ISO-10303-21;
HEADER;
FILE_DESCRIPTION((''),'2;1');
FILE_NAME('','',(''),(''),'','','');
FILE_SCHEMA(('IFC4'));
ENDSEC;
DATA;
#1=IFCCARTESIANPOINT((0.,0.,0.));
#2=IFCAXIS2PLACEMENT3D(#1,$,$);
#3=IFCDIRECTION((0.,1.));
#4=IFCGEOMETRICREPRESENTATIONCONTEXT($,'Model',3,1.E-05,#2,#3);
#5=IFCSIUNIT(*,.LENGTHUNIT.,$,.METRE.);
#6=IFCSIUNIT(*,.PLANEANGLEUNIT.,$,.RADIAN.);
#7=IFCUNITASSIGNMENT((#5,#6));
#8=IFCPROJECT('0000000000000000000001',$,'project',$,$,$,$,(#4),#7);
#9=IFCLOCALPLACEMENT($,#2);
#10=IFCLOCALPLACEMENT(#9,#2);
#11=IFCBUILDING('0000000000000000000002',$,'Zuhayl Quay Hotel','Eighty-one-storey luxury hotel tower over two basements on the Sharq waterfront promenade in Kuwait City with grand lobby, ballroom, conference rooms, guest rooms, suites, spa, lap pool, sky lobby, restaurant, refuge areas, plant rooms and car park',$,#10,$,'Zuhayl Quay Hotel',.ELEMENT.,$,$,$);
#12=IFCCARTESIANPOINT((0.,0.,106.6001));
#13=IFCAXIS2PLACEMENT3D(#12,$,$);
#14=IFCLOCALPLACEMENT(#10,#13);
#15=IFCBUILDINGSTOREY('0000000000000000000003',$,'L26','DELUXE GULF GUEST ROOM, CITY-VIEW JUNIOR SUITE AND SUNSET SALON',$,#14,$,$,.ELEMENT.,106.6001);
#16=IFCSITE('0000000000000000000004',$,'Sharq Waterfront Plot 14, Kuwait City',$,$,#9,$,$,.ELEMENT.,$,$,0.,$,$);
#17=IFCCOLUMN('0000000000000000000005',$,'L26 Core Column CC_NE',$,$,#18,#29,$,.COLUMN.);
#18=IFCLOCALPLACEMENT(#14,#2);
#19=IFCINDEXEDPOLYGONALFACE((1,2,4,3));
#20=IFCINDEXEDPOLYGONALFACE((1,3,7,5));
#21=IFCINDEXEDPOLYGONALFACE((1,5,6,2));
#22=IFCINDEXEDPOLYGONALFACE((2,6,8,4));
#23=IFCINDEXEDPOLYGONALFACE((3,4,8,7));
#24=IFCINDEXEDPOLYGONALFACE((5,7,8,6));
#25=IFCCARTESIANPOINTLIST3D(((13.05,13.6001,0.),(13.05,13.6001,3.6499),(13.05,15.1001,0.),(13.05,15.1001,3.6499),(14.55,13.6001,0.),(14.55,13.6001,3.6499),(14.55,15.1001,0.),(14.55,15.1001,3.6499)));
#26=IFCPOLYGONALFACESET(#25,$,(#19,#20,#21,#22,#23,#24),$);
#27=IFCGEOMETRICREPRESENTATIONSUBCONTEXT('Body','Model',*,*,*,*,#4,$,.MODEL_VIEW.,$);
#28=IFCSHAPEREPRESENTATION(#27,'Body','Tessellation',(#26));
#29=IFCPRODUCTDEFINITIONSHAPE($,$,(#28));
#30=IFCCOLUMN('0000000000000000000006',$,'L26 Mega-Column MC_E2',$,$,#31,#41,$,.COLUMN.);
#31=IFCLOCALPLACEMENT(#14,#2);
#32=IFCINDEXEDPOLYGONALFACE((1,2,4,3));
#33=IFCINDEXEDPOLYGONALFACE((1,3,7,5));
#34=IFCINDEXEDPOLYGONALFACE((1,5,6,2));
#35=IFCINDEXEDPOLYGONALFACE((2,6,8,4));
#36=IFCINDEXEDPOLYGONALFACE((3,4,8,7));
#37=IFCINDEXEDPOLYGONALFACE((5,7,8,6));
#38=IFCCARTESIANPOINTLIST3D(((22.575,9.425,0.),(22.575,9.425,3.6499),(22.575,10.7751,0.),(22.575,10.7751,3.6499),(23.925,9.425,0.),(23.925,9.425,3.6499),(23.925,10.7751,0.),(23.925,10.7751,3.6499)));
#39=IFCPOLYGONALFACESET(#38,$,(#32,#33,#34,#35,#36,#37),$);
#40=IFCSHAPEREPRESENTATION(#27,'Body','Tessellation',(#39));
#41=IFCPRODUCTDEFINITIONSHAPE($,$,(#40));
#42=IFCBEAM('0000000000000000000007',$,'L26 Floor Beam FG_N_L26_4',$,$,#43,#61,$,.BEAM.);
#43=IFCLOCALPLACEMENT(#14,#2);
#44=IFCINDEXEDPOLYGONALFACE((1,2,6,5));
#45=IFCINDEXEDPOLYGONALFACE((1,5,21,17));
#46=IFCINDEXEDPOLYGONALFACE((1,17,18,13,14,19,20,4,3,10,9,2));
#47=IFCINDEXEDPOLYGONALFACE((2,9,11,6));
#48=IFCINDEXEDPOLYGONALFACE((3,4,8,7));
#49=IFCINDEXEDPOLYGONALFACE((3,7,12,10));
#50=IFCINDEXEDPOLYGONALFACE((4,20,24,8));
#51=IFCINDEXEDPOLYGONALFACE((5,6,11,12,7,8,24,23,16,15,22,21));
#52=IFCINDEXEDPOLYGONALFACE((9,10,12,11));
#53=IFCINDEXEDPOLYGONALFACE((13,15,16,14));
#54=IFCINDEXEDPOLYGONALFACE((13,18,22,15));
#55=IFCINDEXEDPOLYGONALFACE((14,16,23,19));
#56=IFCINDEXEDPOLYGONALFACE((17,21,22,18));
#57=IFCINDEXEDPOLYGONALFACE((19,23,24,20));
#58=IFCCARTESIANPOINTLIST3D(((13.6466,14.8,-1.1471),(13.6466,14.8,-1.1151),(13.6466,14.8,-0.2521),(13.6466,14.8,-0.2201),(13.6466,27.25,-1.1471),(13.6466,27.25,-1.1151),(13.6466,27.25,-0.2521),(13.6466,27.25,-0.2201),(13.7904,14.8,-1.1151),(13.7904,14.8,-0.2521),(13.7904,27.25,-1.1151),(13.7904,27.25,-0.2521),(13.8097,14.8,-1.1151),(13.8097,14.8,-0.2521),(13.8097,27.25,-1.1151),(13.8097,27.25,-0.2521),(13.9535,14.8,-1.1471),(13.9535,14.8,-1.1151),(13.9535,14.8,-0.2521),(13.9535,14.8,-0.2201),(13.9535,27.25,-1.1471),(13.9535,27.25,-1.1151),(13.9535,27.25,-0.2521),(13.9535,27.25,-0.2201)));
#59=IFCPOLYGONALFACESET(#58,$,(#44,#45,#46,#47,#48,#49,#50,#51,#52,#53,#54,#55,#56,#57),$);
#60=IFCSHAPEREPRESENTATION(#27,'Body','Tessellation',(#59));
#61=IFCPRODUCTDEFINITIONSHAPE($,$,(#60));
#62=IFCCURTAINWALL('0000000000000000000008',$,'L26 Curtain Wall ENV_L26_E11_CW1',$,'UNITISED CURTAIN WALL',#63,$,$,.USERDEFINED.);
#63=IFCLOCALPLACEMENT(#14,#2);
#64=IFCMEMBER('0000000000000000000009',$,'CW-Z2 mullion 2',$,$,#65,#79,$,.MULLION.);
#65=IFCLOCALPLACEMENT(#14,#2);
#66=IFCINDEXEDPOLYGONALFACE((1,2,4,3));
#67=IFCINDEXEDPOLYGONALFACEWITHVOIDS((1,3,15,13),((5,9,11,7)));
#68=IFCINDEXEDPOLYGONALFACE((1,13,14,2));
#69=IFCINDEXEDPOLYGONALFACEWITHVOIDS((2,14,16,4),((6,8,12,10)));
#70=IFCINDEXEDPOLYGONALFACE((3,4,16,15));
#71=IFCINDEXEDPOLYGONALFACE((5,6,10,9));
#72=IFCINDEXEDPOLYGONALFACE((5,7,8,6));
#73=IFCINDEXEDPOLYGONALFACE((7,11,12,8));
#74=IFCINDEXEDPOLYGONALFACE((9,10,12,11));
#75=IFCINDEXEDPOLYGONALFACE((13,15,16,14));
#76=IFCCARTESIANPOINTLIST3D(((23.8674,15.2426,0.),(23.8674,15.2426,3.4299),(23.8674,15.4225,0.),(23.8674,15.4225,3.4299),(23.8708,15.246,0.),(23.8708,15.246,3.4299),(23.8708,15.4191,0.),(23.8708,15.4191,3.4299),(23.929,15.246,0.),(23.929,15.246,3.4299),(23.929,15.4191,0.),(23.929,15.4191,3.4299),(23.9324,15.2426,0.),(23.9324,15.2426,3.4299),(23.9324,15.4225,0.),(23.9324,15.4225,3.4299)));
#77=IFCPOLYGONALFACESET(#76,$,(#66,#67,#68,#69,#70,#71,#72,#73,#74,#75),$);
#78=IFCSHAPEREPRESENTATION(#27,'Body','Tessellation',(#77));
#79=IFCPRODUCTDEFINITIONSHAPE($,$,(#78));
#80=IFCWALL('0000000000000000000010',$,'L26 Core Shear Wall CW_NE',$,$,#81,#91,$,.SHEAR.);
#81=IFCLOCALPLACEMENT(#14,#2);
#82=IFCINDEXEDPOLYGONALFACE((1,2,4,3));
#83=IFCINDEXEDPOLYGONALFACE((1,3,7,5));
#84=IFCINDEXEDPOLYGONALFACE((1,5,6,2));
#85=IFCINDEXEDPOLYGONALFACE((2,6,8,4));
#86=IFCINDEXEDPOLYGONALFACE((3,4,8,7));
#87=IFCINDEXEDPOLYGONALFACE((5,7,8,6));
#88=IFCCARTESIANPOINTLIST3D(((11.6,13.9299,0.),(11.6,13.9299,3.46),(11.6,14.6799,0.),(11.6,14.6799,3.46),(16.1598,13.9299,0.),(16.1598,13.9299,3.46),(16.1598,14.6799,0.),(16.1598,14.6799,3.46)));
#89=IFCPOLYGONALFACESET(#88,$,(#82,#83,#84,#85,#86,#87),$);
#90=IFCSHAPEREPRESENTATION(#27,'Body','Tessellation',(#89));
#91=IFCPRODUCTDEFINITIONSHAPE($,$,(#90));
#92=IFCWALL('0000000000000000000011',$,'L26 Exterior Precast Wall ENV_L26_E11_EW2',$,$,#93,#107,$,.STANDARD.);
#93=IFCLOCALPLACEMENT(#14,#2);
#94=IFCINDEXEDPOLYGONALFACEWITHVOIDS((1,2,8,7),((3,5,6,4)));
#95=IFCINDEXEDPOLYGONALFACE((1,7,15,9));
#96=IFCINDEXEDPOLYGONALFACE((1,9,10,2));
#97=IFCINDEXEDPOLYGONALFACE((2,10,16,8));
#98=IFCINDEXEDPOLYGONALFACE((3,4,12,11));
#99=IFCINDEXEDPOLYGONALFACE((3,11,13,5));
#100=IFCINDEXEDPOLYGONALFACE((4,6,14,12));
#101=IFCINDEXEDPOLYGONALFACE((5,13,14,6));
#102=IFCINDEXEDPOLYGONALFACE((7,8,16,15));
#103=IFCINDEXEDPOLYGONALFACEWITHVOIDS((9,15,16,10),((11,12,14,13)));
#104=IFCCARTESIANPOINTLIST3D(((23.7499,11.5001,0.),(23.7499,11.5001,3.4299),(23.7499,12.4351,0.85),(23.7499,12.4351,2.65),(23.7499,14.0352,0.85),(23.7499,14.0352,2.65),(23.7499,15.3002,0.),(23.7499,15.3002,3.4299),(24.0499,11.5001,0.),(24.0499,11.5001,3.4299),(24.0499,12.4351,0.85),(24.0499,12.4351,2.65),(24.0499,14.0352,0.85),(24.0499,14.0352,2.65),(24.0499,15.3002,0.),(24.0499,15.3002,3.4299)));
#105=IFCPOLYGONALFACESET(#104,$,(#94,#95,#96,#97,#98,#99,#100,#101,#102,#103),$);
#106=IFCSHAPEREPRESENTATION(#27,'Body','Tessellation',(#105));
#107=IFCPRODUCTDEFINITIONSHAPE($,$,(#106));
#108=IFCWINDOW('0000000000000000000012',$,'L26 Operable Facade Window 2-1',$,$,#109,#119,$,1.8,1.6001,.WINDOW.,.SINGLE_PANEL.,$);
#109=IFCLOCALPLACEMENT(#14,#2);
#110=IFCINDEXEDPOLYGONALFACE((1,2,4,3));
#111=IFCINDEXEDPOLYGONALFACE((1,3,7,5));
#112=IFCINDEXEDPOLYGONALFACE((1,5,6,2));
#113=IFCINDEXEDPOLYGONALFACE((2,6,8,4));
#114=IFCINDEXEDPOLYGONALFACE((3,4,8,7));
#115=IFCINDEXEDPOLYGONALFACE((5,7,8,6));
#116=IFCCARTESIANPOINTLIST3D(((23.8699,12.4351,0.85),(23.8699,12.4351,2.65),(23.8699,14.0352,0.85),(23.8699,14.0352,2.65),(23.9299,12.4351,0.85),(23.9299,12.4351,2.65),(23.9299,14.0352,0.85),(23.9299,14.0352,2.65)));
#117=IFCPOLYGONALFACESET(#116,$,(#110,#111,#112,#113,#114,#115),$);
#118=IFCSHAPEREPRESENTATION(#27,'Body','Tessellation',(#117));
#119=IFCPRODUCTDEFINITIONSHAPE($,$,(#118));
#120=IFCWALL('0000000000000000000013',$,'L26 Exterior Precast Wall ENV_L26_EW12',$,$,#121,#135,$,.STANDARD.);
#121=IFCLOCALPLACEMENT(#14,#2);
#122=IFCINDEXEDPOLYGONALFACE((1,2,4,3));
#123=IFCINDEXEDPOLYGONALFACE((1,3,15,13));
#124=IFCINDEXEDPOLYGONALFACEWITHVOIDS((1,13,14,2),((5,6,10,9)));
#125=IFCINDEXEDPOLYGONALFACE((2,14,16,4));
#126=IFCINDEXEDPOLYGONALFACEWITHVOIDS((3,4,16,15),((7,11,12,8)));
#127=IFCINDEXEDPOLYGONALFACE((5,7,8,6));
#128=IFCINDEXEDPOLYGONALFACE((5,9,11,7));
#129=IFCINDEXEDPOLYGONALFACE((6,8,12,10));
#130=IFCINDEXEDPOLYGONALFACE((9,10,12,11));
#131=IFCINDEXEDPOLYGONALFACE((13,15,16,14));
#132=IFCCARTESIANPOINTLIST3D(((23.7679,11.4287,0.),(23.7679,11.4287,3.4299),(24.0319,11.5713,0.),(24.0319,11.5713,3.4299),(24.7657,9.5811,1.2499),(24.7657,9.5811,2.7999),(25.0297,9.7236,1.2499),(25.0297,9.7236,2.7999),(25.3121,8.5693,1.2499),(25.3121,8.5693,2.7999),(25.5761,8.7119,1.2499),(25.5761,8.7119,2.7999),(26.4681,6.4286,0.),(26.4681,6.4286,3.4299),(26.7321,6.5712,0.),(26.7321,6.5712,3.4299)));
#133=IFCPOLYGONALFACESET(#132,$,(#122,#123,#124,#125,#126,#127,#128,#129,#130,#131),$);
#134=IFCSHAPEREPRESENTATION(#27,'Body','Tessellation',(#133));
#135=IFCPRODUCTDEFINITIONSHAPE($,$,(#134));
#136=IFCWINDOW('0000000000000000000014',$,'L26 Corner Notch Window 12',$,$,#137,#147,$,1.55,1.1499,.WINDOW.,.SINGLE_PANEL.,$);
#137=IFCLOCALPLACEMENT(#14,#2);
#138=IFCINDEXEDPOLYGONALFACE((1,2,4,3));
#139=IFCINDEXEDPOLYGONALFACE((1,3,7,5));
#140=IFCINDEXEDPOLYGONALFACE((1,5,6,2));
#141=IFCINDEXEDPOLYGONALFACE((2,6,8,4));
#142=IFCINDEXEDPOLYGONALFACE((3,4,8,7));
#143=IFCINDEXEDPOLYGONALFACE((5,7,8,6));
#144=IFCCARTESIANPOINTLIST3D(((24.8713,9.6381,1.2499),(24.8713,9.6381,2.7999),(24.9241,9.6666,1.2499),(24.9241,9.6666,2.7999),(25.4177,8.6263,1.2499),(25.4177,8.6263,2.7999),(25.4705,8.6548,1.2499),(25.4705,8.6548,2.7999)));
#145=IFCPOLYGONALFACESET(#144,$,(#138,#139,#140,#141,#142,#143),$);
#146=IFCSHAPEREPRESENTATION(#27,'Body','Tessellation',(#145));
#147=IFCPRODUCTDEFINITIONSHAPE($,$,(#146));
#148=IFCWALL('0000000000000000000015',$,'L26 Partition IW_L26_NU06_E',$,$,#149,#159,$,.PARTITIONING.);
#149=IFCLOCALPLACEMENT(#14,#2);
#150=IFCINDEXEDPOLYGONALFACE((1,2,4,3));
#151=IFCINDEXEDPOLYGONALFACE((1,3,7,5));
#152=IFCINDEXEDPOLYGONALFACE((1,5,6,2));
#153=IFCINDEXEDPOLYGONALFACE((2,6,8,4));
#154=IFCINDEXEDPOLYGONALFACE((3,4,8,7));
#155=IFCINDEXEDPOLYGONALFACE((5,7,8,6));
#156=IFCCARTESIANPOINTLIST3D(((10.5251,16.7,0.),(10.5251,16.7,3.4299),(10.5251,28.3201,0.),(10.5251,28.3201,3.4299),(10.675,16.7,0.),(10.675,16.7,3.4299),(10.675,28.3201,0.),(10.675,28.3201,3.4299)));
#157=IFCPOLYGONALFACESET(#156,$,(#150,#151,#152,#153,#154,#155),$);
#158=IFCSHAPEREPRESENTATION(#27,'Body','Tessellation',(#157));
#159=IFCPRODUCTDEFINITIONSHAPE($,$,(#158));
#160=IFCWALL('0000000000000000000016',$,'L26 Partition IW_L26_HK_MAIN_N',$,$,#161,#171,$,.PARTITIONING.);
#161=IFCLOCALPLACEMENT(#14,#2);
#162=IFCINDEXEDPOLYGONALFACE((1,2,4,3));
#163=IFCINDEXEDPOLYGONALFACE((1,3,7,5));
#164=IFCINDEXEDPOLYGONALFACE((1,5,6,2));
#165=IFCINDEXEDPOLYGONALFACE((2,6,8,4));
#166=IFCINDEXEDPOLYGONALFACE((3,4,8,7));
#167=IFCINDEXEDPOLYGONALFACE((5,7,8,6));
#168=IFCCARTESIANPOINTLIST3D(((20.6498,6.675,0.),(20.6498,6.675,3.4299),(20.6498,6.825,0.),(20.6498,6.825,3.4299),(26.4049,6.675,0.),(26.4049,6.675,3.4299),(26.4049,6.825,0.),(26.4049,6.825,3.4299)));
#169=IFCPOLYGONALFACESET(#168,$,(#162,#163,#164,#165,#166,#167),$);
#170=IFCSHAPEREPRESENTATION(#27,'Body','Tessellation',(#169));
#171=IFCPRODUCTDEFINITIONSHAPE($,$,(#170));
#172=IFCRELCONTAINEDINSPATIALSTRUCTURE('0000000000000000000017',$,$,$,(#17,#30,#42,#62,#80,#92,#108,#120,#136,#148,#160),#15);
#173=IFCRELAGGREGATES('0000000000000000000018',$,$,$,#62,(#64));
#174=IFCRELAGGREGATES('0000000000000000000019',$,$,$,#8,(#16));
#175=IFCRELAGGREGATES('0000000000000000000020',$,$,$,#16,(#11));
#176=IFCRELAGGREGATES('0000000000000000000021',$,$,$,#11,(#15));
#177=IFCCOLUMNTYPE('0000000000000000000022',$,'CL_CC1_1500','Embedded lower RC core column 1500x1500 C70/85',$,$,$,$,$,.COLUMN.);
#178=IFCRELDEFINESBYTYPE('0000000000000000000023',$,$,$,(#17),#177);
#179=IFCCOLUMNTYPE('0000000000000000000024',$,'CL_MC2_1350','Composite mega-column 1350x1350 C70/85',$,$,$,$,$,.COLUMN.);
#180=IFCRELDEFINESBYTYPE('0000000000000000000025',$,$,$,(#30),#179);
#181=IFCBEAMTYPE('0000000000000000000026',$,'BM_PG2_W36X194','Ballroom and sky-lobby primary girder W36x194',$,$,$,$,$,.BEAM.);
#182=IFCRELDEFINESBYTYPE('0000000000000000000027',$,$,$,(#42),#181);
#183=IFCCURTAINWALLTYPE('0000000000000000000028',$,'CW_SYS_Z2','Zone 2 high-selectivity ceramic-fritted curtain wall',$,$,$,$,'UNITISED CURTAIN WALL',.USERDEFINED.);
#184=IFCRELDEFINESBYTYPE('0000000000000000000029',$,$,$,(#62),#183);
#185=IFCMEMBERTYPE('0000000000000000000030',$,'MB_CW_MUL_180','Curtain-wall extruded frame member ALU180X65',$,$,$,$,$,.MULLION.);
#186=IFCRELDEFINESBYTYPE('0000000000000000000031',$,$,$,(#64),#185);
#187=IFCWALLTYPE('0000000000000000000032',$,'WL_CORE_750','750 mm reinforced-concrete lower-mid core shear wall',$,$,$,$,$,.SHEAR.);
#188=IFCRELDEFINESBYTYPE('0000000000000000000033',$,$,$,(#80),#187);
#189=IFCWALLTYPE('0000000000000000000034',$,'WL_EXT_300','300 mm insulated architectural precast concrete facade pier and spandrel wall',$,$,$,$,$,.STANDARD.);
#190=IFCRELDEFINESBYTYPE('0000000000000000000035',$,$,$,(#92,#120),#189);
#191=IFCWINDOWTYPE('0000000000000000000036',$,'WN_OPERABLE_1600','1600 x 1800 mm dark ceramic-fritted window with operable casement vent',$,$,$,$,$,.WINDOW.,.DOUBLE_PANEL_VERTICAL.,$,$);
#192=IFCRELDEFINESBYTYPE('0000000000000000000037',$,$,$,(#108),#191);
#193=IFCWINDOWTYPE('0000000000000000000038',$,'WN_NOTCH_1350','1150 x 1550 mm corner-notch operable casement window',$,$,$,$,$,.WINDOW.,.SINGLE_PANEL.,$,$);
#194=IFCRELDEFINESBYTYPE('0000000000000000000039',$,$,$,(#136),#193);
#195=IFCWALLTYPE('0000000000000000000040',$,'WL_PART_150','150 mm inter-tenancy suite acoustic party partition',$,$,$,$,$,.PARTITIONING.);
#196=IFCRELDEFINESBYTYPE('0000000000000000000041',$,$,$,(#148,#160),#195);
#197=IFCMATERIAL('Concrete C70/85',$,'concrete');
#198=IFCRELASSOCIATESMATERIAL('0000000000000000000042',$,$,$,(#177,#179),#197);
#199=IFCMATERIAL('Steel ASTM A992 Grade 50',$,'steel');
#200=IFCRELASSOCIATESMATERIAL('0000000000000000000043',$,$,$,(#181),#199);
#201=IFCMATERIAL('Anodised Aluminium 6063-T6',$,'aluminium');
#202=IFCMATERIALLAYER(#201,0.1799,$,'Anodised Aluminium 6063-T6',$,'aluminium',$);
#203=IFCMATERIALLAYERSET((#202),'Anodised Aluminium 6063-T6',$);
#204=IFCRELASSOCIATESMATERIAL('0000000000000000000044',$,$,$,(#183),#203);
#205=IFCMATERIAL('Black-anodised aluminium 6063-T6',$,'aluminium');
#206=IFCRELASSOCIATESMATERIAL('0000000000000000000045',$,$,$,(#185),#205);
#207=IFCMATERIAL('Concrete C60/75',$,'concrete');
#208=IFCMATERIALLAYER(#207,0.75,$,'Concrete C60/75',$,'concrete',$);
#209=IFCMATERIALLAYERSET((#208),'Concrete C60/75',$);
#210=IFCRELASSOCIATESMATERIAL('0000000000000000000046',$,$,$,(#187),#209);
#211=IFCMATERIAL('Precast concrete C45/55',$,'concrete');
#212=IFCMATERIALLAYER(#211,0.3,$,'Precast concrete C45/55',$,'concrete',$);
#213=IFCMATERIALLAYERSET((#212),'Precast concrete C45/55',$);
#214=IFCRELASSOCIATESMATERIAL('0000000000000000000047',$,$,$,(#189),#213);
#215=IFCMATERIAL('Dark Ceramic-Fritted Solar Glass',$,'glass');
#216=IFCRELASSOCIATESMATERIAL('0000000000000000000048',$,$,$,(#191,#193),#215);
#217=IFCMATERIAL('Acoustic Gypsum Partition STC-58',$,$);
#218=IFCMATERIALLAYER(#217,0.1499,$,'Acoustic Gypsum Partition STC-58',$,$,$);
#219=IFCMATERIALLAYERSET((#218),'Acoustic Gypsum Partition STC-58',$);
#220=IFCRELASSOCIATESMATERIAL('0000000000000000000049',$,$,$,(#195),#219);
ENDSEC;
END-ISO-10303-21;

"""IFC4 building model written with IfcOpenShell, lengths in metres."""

from ifc_helpers import new_model, si_unit, direction, frame, frame_2d, origin, origin_2d, place, context, subcontext, project, spatial, rectangle, hollow_rectangle, i_section, extrude, material, layer, layer_set, material_profile, profile_set, type_object, element, fill, aggregate, save


model = new_model("IFC4")

# Units and contexts
model_context = context("Model", 3, precision=1e-05, world=origin(), true_north=direction((0.0, 1.0)))
body_context = subcontext(model_context, "Body", "Model", "MODEL_VIEW")
ifc_project = project(units=[si_unit("LENGTHUNIT", "METRE"), si_unit("PLANEANGLEUNIT", "RADIAN")], contexts=[model_context])

# Site, building, storey
site_placement = place(None, origin())
site = spatial("IfcSite", under=ifc_project, at=site_placement, Name="Sharq Waterfront Plot 14, Kuwait City", CompositionType="ELEMENT", RefElevation=0.0)
building_placement = place(site_placement, origin())
building = spatial("IfcBuilding", under=site, at=building_placement, Name="Zuhayl Quay Hotel", Description="Eighty-one-storey luxury hotel tower over two basements on the Sharq waterfront promenade in Kuwait City with grand lobby, ballroom, conference rooms, guest rooms, suites, spa, lap pool, sky lobby, restaurant, refuge areas, plant rooms and car park", LongName="Zuhayl Quay Hotel", CompositionType="ELEMENT")
storey_placement = place(building_placement, frame((0.0, 0.0, 106.6001)))
storey = spatial("IfcBuildingStorey", under=building, at=storey_placement, Name="L26", Description="DELUXE GULF GUEST ROOM, CITY-VIEW JUNIOR SUITE AND SUNSET SALON", CompositionType="ELEMENT", Elevation=106.6001)

# Columns
ifc_material_1 = material(Name="Concrete C70/85", Category="concrete")
ifc_material_profile_1 = material_profile(ifc_material_1, rectangle(XDim=1.5, YDim=1.5, at=origin_2d()), Name="RC1500X1500")
ifc_profile_set_1 = profile_set([ifc_material_profile_1], Name="Concrete C70/85")
column_type_1 = type_object("IfcColumnType", Name="CL_CC1_1500", Description="Embedded lower RC core column 1500x1500 C70/85", PredefinedType="COLUMN", material=ifc_profile_set_1)
column_1_placement = place(storey_placement, frame((13.8, 14.3501, 0.0), z_axis=(0.0, 0.0, 1.0), x_axis=(1.0, 0.0, 0.0)))
element("IfcColumn", 1, at=column_1_placement, inside=storey, type_object=column_type_1, Name="L26 Core Column CC_NE", PredefinedType="COLUMN", context=body_context, shape_type="SweptSolid", body=[
    extrude(rectangle(XDim=1.5, YDim=1.5, at=origin_2d()), origin(), (0.0, 0.0, 1.0), 3.6499),
])
ifc_material_profile_2 = material_profile(ifc_material_1, rectangle(XDim=1.3501, YDim=1.3501, at=origin_2d()), Name="RC1350X1350")
ifc_profile_set_2 = profile_set([ifc_material_profile_2], Name="Concrete C70/85")
column_type_2 = type_object("IfcColumnType", Name="CL_MC2_1350", Description="Composite mega-column 1350x1350 C70/85", PredefinedType="COLUMN", material=ifc_profile_set_2)
column_2_placement = place(storey_placement, frame((23.25, 10.1001, 0.0), z_axis=(0.0, 0.0, 1.0), x_axis=(1.0, 0.0, 0.0)))
element("IfcColumn", 2, at=column_2_placement, inside=storey, type_object=column_type_2, Name="L26 Mega-Column MC_E2", PredefinedType="COLUMN", context=body_context, shape_type="SweptSolid", body=[
    extrude(rectangle(XDim=1.3501, YDim=1.3501, at=origin_2d()), origin(), (0.0, 0.0, 1.0), 3.6499),
])

# Beam
ifc_material_2 = material(Name="Steel ASTM A992 Grade 50", Category="steel")
ifc_material_profile_3 = material_profile(ifc_material_2, i_section(OverallWidth=0.3069, OverallDepth=0.927, WebThickness=0.0193, FlangeThickness=0.032, at=origin_2d()), Name="W36X194")
ifc_profile_set_3 = profile_set([ifc_material_profile_3], Name="Steel ASTM A992 Grade 50")
beam_type = type_object("IfcBeamType", Name="BM_PG2_W36X194", Description="Ballroom and sky-lobby primary girder W36x194", PredefinedType="BEAM", material=ifc_profile_set_3)
beam_placement = place(storey_placement, frame((13.8, 14.8, -0.6836), z_axis=(0.0, 1.0, 0.0), x_axis=(-1.0, 0.0, 0.0)))
element("IfcBeam", 3, at=beam_placement, inside=storey, type_object=beam_type, Name="L26 Floor Beam FG_N_L26_4", PredefinedType="BEAM", context=body_context, shape_type="SweptSolid", body=[
    extrude(i_section(OverallWidth=0.3069, OverallDepth=0.927, WebThickness=0.0193, FlangeThickness=0.032, at=origin_2d()), origin(), (0.0, 0.0, 1.0), 12.45),
])

# Curtain wall, member
ifc_material_3 = material(Name="Anodised Aluminium 6063-T6", Category="aluminium")
ifc_layer_1 = layer(ifc_material_3, 0.1799, Name="Anodised Aluminium 6063-T6", Category="aluminium")
ifc_layer_set_1 = layer_set([ifc_layer_1], Name="Anodised Aluminium 6063-T6")
curtain_wall_type = type_object("IfcCurtainWallType", Name="CW_SYS_Z2", Description="Zone 2 high-selectivity ceramic-fritted curtain wall", ElementType="UNITISED CURTAIN WALL", PredefinedType="USERDEFINED", material=ifc_layer_set_1)
curtain_wall_placement = place(storey_placement, origin())
curtain_wall = element("IfcCurtainWall", 4, at=curtain_wall_placement, inside=storey, type_object=curtain_wall_type, Name="L26 Curtain Wall ENV_L26_E11_CW1", ObjectType="UNITISED CURTAIN WALL", PredefinedType="USERDEFINED")
ifc_material_4 = material(Name="Black-anodised aluminium 6063-T6", Category="aluminium")
ifc_material_profile_4 = material_profile(ifc_material_4, hollow_rectangle(XDim=0.0649, YDim=0.1799, WallThickness=0.0034, at=origin_2d()), Name="ALU180X65")
ifc_profile_set_4 = profile_set([ifc_material_profile_4], Name="Black-anodised aluminium 6063-T6")
member_type = type_object("IfcMemberType", Name="MB_CW_MUL_180", Description="Curtain-wall extruded frame member ALU180X65", PredefinedType="MULLION", material=ifc_profile_set_4)
member_placement = place(storey_placement, frame((23.8999, 15.3325, 0.0), z_axis=(0.0, 0.0, 1.0), x_axis=(1.0, 0.0, 0.0)))
member = element("IfcMember", 5, at=member_placement, type_object=member_type, Name="CW-Z2 mullion 2", PredefinedType="MULLION", context=body_context, shape_type="SweptSolid", body=[
    extrude(hollow_rectangle(XDim=0.0649, YDim=0.1799, WallThickness=0.0034, at=origin_2d()), origin(), (0.0, 0.0, 1.0), 3.4299),
])
aggregate(curtain_wall, [member])

# Wall
ifc_material_5 = material(Name="Concrete C60/75", Category="concrete")
ifc_layer_2 = layer(ifc_material_5, 0.75, Name="Concrete C60/75", Category="concrete")
ifc_layer_set_2 = layer_set([ifc_layer_2], Name="Concrete C60/75")
wall_type_1 = type_object("IfcWallType", Name="WL_CORE_750", Description="750 mm reinforced-concrete lower-mid core shear wall", PredefinedType="SHEAR", material=ifc_layer_set_2)
wall_1_placement = place(storey_placement, frame((11.6001, 14.3049, 0.0), z_axis=(0.0, 0.0, 1.0), x_axis=(1.0, 0.0, 0.0)))
element("IfcWall", 6, at=wall_1_placement, inside=storey, type_object=wall_type_1, Name="L26 Core Shear Wall CW_NE", PredefinedType="SHEAR", context=body_context, shape_type="SweptSolid", body=[
    extrude(rectangle(XDim=4.5598, YDim=0.75, at=frame_2d((2.2798, 0.0))), origin(), (0.0, 0.0, 1.0), 3.46),
])

# Walls, openings, windows
ifc_material_6 = material(Name="Precast concrete C45/55", Category="concrete")
ifc_layer_3 = layer(ifc_material_6, 0.3, Name="Precast concrete C45/55", Category="concrete")
ifc_layer_set_3 = layer_set([ifc_layer_3], Name="Precast concrete C45/55")
wall_type_2 = type_object("IfcWallType", Name="WL_EXT_300", Description="300 mm insulated architectural precast concrete facade pier and spandrel wall", PredefinedType="STANDARD", material=ifc_layer_set_3)
wall_2_placement = place(storey_placement, frame((23.8999, 15.3, 0.0), z_axis=(0.0, 0.0, 1.0), x_axis=(0.0, -1.0, 0.0)))
wall_2 = element("IfcWall", 7, at=wall_2_placement, inside=storey, type_object=wall_type_2, Name="L26 Exterior Precast Wall ENV_L26_E11_EW2", PredefinedType="STANDARD", context=body_context, shape_type="SweptSolid", body=[
    extrude(rectangle(XDim=3.8, YDim=0.3, at=frame_2d((1.8999, 0.0))), origin(), (0.0, 0.0, 1.0), 3.4299),
])
opening_1_placement = place(wall_2_placement, frame((1.2649, 0.0, 0.8501)))
opening_1 = element("IfcOpeningElement", 8, at=opening_1_placement, cuts=wall_2, PredefinedType="OPENING", context=body_context, shape_type="SweptSolid", body=[
    extrude(rectangle(XDim=1.6001, YDim=1.8, at=frame_2d((0.8, 0.8999))), frame((0.0, 0.1599, 0.0), z_axis=(0.0, -1.0, 0.0), x_axis=(1.0, 0.0, 0.0)), (0.0, 0.0, 1.0), 0.3201),
])
ifc_material_7 = material(Name="Dark Ceramic-Fritted Solar Glass", Category="glass")
window_type_1 = type_object("IfcWindowType", Name="WN_OPERABLE_1600", Description="1600 x 1800 mm dark ceramic-fritted window with operable casement vent", PartitioningType="DOUBLE_PANEL_VERTICAL", PredefinedType="WINDOW", material=ifc_material_7)
window_1_placement = place(opening_1_placement, origin())
window_1 = element("IfcWindow", 9, at=window_1_placement, inside=storey, type_object=window_type_1, Name="L26 Operable Facade Window 2-1", OverallHeight=1.8, OverallWidth=1.6001, PartitioningType="SINGLE_PANEL", PredefinedType="WINDOW", context=body_context, shape_type="SweptSolid", body=[
    extrude(rectangle(XDim=1.6001, YDim=1.8, at=frame_2d((0.8, 0.8999))), frame((0.0, 0.03, 0.0), z_axis=(0.0, -1.0, 0.0), x_axis=(1.0, 0.0, 0.0)), (0.0, 0.0, 1.0), 0.0601),
])
fill(opening_1, window_1)
wall_3_placement = place(storey_placement, frame((23.8999, 11.5, 0.0), z_axis=(0.0, 0.0, 1.0), x_axis=(0.475176, -0.879891, 0.0)))
wall_3 = element("IfcWall", 10, at=wall_3_placement, inside=storey, type_object=wall_type_2, Name="L26 Exterior Precast Wall ENV_L26_EW12", PredefinedType="STANDARD", context=body_context, shape_type="SweptSolid", body=[
    extrude(rectangle(XDim=5.6826, YDim=0.3, at=frame_2d((2.8413, 0.0))), origin(), (0.0, 0.0, 1.0), 3.4299),
])
opening_2_placement = place(wall_3_placement, frame((2.0999, 0.0, 1.25)))
opening_2 = element("IfcOpeningElement", 11, at=opening_2_placement, cuts=wall_3, PredefinedType="OPENING", context=body_context, shape_type="SweptSolid", body=[
    extrude(rectangle(XDim=1.1499, YDim=1.55, at=frame_2d((0.575, 0.7749))), frame((0.0, 0.1599, 0.0), z_axis=(0.0, -1.0, 0.0), x_axis=(1.0, 0.0, 0.0)), (0.0, 0.0, 1.0), 0.3201),
])
window_type_2 = type_object("IfcWindowType", Name="WN_NOTCH_1350", Description="1150 x 1550 mm corner-notch operable casement window", PartitioningType="SINGLE_PANEL", PredefinedType="WINDOW", material=ifc_material_7)
window_2_placement = place(opening_2_placement, origin())
window_2 = element("IfcWindow", 12, at=window_2_placement, inside=storey, type_object=window_type_2, Name="L26 Corner Notch Window 12", OverallHeight=1.55, OverallWidth=1.1499, PartitioningType="SINGLE_PANEL", PredefinedType="WINDOW", context=body_context, shape_type="SweptSolid", body=[
    extrude(rectangle(XDim=1.1499, YDim=1.55, at=frame_2d((0.575, 0.7749))), frame((0.0, 0.03, 0.0), z_axis=(0.0, -1.0, 0.0), x_axis=(1.0, 0.0, 0.0)), (0.0, 0.0, 1.0), 0.0601),
])
fill(opening_2, window_2)

# Walls
ifc_material_8 = material(Name="Acoustic Gypsum Partition STC-58")
ifc_layer_4 = layer(ifc_material_8, 0.1499, Name="Acoustic Gypsum Partition STC-58")
ifc_layer_set_4 = layer_set([ifc_layer_4], Name="Acoustic Gypsum Partition STC-58")
wall_type_3 = type_object("IfcWallType", Name="WL_PART_150", Description="150 mm inter-tenancy suite acoustic party partition", PredefinedType="PARTITIONING", material=ifc_layer_set_4)
wall_4_placement = place(storey_placement, frame((10.6001, 16.7, 0.0), z_axis=(0.0, 0.0, 1.0), x_axis=(0.0, 1.0, 0.0)))
element("IfcWall", 13, at=wall_4_placement, inside=storey, type_object=wall_type_3, Name="L26 Partition IW_L26_NU06_E", PredefinedType="PARTITIONING", context=body_context, shape_type="SweptSolid", body=[
    extrude(rectangle(XDim=11.6201, YDim=0.1499, at=frame_2d((5.8101, 0.0))), origin(), (0.0, 0.0, 1.0), 3.4299),
])
wall_5_placement = place(storey_placement, frame((20.6499, 6.75, 0.0), z_axis=(0.0, 0.0, 1.0), x_axis=(1.0, 0.0, 0.0)))
element("IfcWall", 14, at=wall_5_placement, inside=storey, type_object=wall_type_3, Name="L26 Partition IW_L26_HK_MAIN_N", PredefinedType="PARTITIONING", context=body_context, shape_type="SweptSolid", body=[
    extrude(rectangle(XDim=5.7551, YDim=0.1499, at=frame_2d((2.8774, 0.0))), origin(), (0.0, 0.0, 1.0), 3.4299),
])

save(model, "model.ifc")
